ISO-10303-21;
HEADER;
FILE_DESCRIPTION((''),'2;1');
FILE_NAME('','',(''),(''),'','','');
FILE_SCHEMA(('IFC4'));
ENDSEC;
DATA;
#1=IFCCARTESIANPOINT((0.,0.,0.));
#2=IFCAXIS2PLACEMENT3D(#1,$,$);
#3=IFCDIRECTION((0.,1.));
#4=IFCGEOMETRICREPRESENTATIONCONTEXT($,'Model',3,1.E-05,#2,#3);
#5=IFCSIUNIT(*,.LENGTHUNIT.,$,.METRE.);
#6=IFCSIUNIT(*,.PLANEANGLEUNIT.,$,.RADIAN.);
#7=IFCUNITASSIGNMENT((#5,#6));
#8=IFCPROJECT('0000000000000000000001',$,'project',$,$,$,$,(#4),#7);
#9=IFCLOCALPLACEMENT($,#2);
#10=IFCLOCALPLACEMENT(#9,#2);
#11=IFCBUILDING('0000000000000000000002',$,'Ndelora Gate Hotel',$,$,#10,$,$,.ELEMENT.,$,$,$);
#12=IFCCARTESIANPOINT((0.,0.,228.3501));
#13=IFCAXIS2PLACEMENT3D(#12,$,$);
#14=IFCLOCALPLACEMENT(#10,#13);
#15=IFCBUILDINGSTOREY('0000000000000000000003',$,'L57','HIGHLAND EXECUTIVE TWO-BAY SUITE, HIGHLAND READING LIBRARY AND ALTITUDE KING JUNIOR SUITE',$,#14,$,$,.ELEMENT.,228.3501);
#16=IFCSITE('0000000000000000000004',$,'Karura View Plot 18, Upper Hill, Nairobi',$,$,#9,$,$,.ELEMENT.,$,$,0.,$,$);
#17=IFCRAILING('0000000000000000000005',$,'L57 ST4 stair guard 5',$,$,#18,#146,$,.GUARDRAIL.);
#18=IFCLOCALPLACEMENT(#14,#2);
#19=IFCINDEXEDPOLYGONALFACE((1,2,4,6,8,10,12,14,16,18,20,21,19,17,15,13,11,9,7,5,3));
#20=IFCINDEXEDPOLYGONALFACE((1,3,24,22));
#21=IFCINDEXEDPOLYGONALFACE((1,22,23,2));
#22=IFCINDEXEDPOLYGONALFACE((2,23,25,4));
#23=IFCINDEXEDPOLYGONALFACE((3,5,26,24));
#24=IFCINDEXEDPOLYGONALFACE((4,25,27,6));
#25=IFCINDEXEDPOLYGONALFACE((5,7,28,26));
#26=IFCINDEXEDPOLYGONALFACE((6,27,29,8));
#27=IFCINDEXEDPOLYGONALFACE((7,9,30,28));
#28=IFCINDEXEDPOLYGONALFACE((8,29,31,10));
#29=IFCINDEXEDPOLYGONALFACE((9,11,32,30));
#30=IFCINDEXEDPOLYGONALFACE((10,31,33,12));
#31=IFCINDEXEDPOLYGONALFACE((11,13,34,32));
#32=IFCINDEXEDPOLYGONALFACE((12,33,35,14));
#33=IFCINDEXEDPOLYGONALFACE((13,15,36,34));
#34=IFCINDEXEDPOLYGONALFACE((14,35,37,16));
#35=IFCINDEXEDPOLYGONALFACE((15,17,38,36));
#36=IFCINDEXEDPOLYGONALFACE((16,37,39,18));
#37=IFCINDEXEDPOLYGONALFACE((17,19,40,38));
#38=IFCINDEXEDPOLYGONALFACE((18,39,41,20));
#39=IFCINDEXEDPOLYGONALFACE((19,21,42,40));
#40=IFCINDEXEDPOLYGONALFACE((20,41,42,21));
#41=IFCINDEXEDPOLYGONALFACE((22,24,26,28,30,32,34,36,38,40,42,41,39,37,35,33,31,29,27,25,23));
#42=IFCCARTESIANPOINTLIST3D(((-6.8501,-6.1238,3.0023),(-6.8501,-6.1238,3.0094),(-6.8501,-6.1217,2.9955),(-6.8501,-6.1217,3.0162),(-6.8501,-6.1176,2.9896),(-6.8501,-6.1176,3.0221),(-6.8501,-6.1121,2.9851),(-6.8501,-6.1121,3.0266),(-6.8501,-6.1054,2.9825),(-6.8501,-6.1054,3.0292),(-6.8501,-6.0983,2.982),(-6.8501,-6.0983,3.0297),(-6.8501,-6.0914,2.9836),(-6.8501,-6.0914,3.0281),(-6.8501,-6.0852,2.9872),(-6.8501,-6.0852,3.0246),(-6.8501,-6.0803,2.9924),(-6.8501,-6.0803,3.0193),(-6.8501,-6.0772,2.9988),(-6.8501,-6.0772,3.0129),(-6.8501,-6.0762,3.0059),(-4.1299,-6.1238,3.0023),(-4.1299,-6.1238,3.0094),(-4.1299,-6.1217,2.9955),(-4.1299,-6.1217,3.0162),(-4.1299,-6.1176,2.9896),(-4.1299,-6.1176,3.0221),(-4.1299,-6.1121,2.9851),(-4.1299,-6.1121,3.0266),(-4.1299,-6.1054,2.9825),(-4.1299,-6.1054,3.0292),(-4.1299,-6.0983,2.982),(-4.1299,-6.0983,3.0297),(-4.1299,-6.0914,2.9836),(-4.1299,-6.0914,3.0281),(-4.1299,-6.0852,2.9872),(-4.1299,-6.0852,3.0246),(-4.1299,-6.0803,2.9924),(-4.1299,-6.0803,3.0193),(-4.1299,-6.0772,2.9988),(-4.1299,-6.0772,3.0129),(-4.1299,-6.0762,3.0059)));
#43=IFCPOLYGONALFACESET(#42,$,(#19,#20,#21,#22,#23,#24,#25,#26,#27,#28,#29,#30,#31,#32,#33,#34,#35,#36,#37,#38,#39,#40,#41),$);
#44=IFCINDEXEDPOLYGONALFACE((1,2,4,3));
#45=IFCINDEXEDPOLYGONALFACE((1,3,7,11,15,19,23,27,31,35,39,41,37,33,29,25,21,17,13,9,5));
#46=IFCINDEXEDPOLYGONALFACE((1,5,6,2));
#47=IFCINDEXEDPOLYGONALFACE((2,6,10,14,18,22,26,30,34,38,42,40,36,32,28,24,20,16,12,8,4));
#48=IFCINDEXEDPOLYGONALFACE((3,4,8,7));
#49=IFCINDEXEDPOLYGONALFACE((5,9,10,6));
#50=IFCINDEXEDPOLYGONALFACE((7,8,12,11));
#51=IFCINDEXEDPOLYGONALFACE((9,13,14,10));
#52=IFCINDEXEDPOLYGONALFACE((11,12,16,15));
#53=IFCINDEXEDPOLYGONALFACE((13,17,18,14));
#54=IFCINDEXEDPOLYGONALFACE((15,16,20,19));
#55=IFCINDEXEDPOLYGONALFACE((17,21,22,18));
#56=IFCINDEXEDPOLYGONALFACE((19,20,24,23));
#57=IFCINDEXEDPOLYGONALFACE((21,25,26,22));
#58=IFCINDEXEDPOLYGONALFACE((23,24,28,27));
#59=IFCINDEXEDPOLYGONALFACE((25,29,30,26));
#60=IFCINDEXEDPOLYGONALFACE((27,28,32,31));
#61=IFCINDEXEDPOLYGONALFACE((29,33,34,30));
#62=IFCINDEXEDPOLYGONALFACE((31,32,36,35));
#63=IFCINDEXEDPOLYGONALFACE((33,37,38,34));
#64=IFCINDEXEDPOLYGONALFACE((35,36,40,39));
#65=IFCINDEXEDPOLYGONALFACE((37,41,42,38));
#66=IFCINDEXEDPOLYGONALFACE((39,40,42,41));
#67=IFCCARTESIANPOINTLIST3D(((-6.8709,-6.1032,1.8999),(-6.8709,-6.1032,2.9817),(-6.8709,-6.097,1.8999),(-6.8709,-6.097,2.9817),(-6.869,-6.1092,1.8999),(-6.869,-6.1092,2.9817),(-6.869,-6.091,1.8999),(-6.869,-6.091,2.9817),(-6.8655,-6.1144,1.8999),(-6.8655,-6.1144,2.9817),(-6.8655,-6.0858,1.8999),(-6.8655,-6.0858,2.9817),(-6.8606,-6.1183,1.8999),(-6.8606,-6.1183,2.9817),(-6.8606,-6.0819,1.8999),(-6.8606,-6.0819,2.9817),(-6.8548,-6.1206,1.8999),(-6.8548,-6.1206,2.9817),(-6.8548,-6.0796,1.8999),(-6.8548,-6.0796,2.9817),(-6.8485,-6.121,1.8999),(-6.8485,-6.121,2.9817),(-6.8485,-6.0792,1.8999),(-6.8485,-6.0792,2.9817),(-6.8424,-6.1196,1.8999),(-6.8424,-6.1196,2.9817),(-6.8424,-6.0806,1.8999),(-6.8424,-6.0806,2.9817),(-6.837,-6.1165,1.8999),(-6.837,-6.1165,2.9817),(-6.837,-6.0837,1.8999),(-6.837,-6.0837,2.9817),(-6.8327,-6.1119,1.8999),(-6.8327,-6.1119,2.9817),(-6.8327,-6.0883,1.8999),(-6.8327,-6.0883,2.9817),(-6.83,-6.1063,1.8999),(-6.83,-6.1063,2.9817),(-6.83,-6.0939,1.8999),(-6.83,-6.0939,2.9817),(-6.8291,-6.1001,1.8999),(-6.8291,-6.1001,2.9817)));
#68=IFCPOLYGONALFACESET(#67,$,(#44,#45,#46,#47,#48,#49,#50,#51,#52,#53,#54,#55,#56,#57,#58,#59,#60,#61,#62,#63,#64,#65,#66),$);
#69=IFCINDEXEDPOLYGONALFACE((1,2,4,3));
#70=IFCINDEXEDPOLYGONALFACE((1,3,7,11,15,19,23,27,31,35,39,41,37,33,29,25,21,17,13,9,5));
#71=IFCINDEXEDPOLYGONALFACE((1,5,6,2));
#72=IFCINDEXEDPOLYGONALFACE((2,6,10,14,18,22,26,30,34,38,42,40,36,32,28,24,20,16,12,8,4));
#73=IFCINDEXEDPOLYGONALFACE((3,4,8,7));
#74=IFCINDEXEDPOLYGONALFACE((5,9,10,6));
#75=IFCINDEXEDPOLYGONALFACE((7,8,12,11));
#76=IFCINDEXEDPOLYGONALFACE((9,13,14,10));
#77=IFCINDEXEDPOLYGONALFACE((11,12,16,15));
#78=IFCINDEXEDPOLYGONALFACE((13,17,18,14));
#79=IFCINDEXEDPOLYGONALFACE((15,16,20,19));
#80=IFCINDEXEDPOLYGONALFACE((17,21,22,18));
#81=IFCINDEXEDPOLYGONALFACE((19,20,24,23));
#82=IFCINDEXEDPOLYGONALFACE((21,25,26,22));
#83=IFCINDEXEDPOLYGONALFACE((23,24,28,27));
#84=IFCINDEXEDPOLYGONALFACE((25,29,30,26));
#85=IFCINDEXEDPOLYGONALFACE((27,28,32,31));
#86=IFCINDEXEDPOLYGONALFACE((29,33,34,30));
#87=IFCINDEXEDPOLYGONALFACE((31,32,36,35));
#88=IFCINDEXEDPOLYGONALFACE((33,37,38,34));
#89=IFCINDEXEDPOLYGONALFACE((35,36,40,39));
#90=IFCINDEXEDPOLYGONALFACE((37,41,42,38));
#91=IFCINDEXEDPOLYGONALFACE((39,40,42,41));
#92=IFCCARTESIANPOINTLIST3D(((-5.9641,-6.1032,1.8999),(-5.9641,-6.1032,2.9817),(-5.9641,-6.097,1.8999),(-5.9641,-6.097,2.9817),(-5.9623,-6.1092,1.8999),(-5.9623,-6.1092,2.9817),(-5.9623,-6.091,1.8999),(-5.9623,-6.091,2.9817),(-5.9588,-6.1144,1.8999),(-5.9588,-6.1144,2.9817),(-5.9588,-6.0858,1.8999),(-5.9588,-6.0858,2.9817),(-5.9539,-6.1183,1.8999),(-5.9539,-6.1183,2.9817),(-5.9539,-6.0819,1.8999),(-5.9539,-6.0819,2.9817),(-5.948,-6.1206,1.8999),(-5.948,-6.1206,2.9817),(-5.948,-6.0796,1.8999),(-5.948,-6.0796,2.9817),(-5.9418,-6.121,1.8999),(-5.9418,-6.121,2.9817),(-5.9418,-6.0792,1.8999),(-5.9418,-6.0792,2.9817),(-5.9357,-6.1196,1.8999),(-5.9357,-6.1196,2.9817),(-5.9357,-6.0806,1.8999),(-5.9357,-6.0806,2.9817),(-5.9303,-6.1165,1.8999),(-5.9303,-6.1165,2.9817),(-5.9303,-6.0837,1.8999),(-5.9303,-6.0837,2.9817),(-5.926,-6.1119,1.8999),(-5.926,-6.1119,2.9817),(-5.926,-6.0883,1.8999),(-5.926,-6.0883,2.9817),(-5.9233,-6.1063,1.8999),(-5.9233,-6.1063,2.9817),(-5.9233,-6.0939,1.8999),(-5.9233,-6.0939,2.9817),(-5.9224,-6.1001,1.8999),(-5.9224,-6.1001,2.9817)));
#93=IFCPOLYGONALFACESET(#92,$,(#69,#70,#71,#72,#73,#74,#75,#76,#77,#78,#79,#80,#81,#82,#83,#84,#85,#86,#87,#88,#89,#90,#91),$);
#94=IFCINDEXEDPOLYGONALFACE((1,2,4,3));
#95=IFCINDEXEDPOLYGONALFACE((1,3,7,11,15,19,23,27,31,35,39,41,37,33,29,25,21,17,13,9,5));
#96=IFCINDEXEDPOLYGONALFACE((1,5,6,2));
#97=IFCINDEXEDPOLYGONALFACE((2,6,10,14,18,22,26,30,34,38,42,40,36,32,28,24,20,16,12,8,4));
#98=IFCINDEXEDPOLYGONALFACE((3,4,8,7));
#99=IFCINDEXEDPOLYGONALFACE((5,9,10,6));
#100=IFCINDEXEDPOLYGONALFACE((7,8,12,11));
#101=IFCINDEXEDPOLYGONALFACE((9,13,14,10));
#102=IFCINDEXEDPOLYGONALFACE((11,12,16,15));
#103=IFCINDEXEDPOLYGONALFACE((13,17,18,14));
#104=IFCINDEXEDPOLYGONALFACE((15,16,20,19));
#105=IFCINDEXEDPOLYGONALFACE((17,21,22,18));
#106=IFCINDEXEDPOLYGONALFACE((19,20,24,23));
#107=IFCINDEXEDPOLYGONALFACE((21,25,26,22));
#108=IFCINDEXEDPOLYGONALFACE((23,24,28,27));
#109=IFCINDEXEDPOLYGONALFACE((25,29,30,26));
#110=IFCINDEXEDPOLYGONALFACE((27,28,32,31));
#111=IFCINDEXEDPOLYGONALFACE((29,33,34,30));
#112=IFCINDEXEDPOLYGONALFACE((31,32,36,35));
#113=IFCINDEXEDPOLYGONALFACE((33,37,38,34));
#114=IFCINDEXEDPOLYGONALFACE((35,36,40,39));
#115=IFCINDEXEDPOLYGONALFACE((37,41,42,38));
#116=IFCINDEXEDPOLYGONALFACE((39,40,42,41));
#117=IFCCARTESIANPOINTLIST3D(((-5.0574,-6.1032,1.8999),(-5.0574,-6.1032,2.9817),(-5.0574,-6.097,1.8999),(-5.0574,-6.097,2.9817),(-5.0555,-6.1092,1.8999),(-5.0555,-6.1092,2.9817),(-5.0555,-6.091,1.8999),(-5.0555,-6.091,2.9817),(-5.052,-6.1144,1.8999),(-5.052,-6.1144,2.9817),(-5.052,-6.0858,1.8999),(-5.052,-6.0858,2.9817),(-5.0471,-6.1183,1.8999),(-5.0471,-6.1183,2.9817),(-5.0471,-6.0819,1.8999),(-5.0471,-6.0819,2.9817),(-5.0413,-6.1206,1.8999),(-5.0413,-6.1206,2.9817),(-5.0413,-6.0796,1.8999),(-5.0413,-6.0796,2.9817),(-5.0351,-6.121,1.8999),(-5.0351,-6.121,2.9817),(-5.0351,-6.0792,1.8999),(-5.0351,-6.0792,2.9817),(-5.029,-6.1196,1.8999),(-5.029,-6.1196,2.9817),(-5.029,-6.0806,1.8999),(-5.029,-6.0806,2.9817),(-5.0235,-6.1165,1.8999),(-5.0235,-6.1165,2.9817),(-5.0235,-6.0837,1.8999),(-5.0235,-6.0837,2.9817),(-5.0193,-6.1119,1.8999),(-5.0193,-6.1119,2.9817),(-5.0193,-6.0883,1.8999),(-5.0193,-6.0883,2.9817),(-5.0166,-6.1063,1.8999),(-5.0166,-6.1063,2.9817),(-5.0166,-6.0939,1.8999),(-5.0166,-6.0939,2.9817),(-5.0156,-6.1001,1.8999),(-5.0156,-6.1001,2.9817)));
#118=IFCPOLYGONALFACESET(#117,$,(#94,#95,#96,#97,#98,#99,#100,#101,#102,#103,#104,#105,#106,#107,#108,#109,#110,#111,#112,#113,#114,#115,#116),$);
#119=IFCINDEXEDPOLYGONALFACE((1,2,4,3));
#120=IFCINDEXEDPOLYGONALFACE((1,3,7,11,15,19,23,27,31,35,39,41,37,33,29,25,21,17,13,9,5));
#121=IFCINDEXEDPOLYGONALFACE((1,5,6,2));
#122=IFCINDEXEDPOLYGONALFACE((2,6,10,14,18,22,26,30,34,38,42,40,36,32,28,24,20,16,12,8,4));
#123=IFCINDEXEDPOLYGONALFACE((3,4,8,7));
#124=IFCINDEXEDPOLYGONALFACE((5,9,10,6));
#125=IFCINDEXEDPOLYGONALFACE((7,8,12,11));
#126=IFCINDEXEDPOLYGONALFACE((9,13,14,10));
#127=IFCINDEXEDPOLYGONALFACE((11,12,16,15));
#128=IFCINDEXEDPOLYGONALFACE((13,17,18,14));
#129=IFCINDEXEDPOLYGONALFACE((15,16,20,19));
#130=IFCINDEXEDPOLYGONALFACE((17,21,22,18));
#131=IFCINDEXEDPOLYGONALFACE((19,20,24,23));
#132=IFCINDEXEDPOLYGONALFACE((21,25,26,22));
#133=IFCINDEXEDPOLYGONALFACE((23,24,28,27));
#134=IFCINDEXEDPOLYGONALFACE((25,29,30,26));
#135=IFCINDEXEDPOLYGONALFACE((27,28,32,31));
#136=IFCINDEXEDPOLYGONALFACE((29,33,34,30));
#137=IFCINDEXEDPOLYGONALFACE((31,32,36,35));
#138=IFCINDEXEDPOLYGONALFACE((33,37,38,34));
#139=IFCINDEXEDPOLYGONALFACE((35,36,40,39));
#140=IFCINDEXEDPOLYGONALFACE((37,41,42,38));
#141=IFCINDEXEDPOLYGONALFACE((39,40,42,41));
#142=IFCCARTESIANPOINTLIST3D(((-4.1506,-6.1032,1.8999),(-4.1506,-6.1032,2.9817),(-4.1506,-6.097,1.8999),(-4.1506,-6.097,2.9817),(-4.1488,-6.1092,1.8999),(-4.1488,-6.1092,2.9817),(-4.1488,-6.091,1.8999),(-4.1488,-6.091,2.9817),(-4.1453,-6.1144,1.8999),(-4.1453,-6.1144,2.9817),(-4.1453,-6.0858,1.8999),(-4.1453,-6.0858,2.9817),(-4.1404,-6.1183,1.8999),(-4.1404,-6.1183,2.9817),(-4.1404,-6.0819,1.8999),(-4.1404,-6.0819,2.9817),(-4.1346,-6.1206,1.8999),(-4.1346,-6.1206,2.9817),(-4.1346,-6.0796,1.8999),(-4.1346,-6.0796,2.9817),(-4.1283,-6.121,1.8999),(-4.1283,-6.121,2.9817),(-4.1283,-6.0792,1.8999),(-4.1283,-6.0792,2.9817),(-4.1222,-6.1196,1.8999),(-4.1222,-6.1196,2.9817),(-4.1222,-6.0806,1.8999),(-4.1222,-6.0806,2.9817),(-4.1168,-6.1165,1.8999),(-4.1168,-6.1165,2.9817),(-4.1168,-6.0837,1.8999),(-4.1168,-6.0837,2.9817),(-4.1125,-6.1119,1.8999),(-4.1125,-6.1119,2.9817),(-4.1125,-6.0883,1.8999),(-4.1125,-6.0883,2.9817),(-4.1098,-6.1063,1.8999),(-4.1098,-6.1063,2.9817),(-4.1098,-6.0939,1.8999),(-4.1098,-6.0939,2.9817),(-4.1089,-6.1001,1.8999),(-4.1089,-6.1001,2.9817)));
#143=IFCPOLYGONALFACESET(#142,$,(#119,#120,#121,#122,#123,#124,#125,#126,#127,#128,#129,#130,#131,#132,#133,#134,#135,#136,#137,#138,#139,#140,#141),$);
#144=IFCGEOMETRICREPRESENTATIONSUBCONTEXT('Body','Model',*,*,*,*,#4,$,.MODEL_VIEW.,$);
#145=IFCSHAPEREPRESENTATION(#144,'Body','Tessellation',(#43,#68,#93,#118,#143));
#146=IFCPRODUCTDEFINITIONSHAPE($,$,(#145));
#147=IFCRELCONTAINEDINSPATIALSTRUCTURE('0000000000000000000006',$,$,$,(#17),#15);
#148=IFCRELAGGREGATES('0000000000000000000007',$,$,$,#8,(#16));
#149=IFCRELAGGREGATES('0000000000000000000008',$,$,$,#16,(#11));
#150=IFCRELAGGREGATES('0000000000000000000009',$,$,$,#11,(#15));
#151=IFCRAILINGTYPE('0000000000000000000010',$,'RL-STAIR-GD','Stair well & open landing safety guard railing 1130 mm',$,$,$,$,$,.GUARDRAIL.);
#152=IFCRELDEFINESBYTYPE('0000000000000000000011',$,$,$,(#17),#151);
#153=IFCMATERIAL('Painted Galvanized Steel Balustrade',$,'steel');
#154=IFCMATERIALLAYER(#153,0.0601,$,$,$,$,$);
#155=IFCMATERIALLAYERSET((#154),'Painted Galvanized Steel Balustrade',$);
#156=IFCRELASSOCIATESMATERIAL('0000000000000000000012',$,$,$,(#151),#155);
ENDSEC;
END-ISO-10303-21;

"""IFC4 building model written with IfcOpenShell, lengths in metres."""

from ifc_helpers import new_model, si_unit, direction, frame, origin, origin_2d, place, context, subcontext, project, spatial, circle, extrude, material, layer, layer_set, type_object, element, save


model = new_model("IFC4")

# Units and contexts
model_context = context("Model", 3, precision=1e-05, world=origin(), true_north=direction((0.0, 1.0)))
body_context = subcontext(model_context, "Body", "Model", "MODEL_VIEW")
ifc_project = project(units=[si_unit("LENGTHUNIT", "METRE"), si_unit("PLANEANGLEUNIT", "RADIAN")], contexts=[model_context])

# Site, building, storey
site_placement = place(None, origin())
site = spatial("IfcSite", under=ifc_project, at=site_placement, Name="Karura View Plot 18, Upper Hill, Nairobi", CompositionType="ELEMENT", RefElevation=0.0)
building_placement = place(site_placement, origin())
building = spatial("IfcBuilding", under=site, at=building_placement, Name="Ndelora Gate Hotel", CompositionType="ELEMENT")
storey_placement = place(building_placement, frame((0.0, 0.0, 228.3501)))
storey = spatial("IfcBuildingStorey", under=building, at=storey_placement, Name="L57", Description="HIGHLAND EXECUTIVE TWO-BAY SUITE, HIGHLAND READING LIBRARY AND ALTITUDE KING JUNIOR SUITE", CompositionType="ELEMENT", Elevation=228.3501)

# Railing
ifc_material_1 = material(Name="Painted Galvanized Steel Balustrade", Category="steel")
ifc_layer_1 = layer(ifc_material_1, 0.0601)
ifc_layer_set_1 = layer_set([ifc_layer_1], Name="Painted Galvanized Steel Balustrade")
railing_type = type_object("IfcRailingType", Name="RL-STAIR-GD", Description="Stair well & open landing safety guard railing 1130 mm", PredefinedType="GUARDRAIL", material=ifc_layer_set_1)
railing_1_placement = place(storey_placement, frame((-6.8501, -6.1001, 1.8999)))
element("IfcRailing", 1, at=railing_1_placement, inside=storey, type_object=railing_type, Name="L57 ST4 stair guard 5", PredefinedType="GUARDRAIL", context=body_context, shape_type="SweptSolid", body=[
    extrude(circle(Radius=0.0239, at=origin_2d()), frame((0.0, 0.0, 1.106), z_axis=(1.0, 0.0, 0.0), x_axis=(0.0, 1.0, 0.0)), (0.0, 0.0, 1.0), 2.7202),
    extrude(circle(Radius=0.021, at=origin_2d()), origin(), (0.0, 0.0, 1.0), 1.0818),
    extrude(circle(Radius=0.021, at=origin_2d()), frame((0.9067, 0.0, 0.0)), (0.0, 0.0, 1.0), 1.0818),
    extrude(circle(Radius=0.021, at=origin_2d()), frame((1.8135, 0.0, 0.0)), (0.0, 0.0, 1.0), 1.0818),
    extrude(circle(Radius=0.021, at=origin_2d()), frame((2.7202, 0.0, 0.0)), (0.0, 0.0, 1.0), 1.0818),
])

save(model, "model.ifc")
